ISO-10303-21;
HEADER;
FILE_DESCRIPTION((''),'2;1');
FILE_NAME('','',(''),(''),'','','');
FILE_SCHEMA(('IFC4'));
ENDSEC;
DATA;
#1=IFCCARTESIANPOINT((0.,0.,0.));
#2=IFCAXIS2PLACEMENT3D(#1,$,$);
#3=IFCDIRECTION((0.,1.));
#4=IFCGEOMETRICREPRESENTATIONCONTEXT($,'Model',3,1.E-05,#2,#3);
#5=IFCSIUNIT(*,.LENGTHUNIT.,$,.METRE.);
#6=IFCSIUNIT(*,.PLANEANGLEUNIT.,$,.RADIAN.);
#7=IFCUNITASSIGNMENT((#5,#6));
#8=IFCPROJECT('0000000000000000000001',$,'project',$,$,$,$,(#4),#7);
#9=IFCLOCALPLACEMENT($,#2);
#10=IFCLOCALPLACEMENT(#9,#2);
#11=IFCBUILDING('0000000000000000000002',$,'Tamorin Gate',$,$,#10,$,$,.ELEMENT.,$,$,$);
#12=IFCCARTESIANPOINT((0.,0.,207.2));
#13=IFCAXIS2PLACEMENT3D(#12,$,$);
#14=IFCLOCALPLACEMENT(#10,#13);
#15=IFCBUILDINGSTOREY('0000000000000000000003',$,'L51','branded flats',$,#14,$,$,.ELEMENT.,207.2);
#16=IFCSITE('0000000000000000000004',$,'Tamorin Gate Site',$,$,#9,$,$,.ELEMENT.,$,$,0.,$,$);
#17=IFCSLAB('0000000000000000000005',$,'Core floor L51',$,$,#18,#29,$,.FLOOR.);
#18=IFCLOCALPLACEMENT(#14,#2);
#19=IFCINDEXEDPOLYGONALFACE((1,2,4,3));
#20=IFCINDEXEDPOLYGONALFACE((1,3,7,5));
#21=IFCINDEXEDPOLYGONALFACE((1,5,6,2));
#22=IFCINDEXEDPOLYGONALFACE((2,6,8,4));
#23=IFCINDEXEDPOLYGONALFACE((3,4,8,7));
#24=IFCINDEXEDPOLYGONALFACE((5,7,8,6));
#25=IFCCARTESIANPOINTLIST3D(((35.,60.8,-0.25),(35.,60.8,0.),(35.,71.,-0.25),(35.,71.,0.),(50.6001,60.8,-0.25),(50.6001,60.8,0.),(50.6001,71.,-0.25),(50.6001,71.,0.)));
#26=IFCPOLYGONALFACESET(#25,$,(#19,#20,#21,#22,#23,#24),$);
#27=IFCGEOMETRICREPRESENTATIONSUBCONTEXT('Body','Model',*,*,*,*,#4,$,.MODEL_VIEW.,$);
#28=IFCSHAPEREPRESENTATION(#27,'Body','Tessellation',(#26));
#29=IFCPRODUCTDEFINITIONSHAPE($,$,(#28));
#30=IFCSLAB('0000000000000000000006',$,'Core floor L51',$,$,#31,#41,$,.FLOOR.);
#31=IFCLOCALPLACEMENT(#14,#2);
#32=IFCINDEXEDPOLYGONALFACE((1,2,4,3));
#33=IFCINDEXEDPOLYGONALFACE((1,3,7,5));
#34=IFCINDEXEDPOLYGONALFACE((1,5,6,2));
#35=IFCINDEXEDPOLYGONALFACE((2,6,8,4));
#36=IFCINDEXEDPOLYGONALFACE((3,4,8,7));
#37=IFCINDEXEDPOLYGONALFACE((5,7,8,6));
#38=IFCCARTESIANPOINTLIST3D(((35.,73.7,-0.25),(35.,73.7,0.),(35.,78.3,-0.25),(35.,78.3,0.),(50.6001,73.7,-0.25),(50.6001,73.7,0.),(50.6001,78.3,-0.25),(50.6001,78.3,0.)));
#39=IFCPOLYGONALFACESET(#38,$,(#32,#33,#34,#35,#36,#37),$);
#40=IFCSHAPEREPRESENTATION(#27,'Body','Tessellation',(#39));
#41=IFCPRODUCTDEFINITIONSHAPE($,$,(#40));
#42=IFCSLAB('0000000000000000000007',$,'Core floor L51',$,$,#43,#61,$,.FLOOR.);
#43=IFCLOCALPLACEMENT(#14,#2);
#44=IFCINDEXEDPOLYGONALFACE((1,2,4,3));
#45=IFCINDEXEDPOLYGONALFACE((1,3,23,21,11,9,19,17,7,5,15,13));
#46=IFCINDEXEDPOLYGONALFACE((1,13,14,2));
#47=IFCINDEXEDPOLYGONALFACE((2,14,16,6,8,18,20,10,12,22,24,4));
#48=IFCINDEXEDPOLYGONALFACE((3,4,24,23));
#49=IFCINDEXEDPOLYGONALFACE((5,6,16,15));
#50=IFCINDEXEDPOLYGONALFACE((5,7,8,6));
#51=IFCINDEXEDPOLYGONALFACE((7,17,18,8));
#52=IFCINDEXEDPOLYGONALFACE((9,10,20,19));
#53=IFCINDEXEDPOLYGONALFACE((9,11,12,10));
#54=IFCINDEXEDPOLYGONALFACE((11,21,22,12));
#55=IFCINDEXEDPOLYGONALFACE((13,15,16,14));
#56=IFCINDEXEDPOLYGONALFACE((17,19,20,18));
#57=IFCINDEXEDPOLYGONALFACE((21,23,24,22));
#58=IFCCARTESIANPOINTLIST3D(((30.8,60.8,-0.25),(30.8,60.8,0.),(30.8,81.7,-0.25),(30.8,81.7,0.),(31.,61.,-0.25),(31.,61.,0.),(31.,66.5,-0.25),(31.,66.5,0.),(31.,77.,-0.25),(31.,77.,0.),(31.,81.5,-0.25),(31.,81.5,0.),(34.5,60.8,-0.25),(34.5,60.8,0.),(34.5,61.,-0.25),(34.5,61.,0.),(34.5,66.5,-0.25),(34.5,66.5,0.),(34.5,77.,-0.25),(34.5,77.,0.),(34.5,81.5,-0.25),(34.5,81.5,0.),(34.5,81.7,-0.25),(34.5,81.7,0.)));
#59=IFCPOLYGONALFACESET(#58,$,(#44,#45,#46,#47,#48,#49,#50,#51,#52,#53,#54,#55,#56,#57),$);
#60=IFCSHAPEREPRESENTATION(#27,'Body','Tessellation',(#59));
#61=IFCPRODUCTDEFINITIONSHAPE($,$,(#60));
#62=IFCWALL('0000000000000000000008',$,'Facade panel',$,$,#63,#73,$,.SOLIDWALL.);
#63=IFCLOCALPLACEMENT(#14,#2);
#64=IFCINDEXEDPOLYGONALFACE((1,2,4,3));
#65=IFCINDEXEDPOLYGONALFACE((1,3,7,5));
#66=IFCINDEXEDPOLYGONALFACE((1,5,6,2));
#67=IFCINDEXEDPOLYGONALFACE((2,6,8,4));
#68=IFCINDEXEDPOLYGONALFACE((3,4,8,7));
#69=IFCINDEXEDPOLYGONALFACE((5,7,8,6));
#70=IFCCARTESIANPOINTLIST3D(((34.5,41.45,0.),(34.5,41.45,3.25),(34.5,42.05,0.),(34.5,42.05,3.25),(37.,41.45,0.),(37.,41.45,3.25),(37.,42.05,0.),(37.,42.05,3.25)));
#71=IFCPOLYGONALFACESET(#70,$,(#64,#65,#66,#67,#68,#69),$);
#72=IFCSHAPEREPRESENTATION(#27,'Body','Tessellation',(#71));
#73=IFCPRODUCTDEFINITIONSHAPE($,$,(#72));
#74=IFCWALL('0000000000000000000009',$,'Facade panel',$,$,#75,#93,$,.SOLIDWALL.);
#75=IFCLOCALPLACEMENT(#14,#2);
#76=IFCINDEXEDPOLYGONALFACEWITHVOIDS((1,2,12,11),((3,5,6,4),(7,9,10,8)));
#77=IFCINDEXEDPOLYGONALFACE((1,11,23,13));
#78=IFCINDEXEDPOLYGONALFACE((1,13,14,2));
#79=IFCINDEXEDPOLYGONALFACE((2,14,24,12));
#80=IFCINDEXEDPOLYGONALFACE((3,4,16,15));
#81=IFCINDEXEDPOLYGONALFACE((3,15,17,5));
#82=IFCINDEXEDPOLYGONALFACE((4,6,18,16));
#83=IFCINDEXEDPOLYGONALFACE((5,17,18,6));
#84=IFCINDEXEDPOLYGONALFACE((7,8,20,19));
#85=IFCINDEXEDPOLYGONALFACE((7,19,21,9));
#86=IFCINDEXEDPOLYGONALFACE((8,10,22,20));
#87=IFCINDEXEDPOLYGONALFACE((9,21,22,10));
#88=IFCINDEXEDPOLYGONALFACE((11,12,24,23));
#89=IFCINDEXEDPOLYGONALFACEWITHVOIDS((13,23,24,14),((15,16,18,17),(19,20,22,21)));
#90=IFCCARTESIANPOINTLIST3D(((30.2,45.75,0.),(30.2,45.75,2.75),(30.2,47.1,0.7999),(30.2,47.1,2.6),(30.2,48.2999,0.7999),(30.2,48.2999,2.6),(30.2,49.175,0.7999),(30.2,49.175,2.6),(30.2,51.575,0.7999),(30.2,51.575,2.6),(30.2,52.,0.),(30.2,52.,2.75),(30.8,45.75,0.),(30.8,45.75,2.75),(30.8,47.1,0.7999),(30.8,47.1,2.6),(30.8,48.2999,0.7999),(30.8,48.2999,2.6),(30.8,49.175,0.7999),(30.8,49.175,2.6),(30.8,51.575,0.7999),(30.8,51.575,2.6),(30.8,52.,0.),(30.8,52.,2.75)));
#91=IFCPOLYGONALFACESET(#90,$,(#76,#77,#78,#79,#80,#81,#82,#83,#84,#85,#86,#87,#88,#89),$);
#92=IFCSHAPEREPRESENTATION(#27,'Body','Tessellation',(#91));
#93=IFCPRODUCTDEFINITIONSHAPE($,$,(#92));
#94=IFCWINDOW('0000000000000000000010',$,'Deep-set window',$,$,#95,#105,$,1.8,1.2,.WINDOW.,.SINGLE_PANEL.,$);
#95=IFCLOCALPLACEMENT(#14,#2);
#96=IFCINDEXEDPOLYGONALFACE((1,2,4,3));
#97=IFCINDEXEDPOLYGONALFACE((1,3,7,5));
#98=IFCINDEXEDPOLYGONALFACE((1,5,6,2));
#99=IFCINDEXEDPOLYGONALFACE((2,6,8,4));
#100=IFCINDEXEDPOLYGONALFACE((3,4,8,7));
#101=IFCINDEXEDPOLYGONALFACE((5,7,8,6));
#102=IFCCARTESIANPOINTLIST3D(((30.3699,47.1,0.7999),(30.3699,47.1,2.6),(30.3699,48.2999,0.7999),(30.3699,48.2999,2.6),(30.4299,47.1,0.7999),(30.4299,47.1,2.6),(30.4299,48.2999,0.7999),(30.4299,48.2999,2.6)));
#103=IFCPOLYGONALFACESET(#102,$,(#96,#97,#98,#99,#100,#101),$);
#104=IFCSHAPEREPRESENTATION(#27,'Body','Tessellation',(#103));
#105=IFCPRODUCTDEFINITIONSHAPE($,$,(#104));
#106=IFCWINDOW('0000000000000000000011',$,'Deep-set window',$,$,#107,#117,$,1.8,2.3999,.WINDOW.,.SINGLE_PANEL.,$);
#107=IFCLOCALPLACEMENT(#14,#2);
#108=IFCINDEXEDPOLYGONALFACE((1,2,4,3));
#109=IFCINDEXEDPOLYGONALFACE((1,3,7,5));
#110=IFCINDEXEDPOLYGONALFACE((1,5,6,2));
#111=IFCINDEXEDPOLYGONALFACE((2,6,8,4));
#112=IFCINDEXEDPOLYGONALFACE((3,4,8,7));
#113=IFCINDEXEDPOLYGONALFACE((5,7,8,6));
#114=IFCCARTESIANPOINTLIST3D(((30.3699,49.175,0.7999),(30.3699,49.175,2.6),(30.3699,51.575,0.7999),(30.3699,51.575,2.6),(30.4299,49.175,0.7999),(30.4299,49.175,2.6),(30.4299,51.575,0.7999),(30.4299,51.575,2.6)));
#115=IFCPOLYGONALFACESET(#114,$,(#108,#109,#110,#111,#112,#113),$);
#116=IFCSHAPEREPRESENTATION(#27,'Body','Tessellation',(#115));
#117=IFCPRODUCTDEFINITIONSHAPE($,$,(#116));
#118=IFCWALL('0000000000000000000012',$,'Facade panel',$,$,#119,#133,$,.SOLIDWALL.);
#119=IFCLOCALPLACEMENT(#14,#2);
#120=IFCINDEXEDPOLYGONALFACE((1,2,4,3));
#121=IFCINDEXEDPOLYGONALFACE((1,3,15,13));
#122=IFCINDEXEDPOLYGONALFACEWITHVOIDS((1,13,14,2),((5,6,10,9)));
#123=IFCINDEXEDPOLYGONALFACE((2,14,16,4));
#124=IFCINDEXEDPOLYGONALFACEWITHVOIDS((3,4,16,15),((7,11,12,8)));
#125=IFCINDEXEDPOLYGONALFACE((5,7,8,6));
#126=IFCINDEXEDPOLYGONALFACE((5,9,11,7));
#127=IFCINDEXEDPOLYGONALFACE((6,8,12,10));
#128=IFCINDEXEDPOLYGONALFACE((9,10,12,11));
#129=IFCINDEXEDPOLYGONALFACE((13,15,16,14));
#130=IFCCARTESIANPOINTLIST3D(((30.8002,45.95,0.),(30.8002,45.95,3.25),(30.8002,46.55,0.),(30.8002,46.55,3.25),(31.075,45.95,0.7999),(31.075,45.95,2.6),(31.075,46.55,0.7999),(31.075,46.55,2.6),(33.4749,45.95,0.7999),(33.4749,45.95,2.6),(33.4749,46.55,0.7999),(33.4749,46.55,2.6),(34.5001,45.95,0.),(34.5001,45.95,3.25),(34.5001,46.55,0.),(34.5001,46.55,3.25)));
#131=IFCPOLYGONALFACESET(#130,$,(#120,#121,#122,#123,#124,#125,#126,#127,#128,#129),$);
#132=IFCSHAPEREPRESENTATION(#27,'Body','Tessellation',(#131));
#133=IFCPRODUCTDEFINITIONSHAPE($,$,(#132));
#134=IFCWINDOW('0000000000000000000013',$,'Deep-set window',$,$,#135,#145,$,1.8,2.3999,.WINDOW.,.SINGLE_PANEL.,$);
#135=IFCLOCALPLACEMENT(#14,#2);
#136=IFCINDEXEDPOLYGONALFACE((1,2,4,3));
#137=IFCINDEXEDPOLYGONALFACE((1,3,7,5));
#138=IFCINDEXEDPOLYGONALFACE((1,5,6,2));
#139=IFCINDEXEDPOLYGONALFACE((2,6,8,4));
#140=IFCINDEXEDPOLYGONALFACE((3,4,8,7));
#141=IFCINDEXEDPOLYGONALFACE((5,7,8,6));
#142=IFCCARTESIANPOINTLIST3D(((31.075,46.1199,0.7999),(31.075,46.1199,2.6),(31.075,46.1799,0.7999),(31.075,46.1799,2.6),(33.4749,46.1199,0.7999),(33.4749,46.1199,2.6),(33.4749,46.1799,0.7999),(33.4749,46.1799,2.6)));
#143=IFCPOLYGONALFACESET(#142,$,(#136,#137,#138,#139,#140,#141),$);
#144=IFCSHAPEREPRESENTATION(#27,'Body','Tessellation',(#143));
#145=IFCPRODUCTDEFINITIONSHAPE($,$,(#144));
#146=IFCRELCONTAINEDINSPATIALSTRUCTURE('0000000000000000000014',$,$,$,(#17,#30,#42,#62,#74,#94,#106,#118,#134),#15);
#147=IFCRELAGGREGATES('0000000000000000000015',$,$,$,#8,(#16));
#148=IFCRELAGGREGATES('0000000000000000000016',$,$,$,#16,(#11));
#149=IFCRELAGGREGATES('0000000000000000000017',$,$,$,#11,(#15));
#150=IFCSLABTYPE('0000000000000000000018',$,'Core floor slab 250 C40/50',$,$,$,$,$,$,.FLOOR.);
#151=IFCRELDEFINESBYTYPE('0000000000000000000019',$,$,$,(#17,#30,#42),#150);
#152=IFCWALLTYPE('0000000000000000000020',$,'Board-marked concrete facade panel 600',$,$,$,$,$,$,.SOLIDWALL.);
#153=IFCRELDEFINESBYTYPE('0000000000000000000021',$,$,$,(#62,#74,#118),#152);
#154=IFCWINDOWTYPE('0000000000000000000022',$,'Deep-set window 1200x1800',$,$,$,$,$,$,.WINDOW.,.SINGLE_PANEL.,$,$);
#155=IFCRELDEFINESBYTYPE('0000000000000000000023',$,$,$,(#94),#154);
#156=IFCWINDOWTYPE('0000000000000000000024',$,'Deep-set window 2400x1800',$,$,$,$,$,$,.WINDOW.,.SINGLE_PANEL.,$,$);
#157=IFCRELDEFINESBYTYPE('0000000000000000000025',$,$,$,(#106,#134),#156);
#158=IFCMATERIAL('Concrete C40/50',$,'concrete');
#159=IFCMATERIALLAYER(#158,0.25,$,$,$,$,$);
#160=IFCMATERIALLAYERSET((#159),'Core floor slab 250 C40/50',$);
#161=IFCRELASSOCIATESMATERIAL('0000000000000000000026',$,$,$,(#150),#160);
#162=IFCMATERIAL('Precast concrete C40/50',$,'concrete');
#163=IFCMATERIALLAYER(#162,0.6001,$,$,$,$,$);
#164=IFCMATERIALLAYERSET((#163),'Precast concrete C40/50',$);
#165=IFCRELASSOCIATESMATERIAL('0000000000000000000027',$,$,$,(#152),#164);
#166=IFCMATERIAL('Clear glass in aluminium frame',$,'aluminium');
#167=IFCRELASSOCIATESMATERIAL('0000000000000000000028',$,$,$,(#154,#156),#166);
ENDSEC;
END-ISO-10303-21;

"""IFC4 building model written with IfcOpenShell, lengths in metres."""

from ifc_helpers import new_model, si_unit, direction, frame, frame_2d, origin, place, context, subcontext, project, spatial, polyline, rectangle, outline, extrude, material, layer, layer_set, type_object, element, fill, save


model = new_model("IFC4")

# Units and contexts
model_context = context("Model", 3, precision=1e-05, world=origin(), true_north=direction((0.0, 1.0)))
body_context = subcontext(model_context, "Body", "Model", "MODEL_VIEW")
ifc_project = project(units=[si_unit("LENGTHUNIT", "METRE"), si_unit("PLANEANGLEUNIT", "RADIAN")], contexts=[model_context])

# Site, building, storey
site_placement = place(None, origin())
site = spatial("IfcSite", under=ifc_project, at=site_placement, Name="Tamorin Gate Site", CompositionType="ELEMENT", RefElevation=0.0)
building_placement = place(site_placement, origin())
building = spatial("IfcBuilding", under=site, at=building_placement, Name="Tamorin Gate", CompositionType="ELEMENT")
storey_placement = place(building_placement, frame((0.0, 0.0, 207.2)))
storey = spatial("IfcBuildingStorey", under=building, at=storey_placement, Name="L51", Description="branded flats", CompositionType="ELEMENT", Elevation=207.2)

# Slabs
ifc_material_1 = material(Name="Concrete C40/50", Category="concrete")
ifc_layer_1 = layer(ifc_material_1, 0.25)
ifc_layer_set_1 = layer_set([ifc_layer_1], Name="Core floor slab 250 C40/50")
slab_type = type_object("IfcSlabType", Name="Core floor slab 250 C40/50", PredefinedType="FLOOR", material=ifc_layer_set_1)
slab_1_placement = place(storey_placement, frame((0.0, 0.0, -0.25)))
element("IfcSlab", 1, at=slab_1_placement, inside=storey, type_object=slab_type, Name="Core floor L51", PredefinedType="FLOOR", context=body_context, shape_type="SweptSolid", body=[
    extrude(outline(polyline([(50.6001, 71.0), (50.6001, 60.8), (35.0, 60.8), (35.0, 71.0), (50.6001, 71.0)])), origin(), (0.0, 0.0, 1.0), 0.25),
])
slab_2_placement = place(storey_placement, frame((0.0, 0.0, -0.25)))
element("IfcSlab", 2, at=slab_2_placement, inside=storey, type_object=slab_type, Name="Core floor L51", PredefinedType="FLOOR", context=body_context, shape_type="SweptSolid", body=[
    extrude(outline(polyline([(50.6001, 73.7), (35.0, 73.7), (35.0, 78.3), (50.6001, 78.3), (50.6001, 73.7)])), origin(), (0.0, 0.0, 1.0), 0.25),
])
slab_3_placement = place(storey_placement, frame((0.0, 0.0, -0.25)))
element("IfcSlab", 3, at=slab_3_placement, inside=storey, type_object=slab_type, Name="Core floor L51", PredefinedType="FLOOR", context=body_context, shape_type="SweptSolid", body=[
    extrude(outline(polyline([(34.5, 60.8), (30.8, 60.8), (30.8, 81.7), (34.5, 81.7), (34.5, 81.5), (31.0, 81.5), (31.0, 77.0), (34.5, 77.0), (34.5, 66.5), (31.0, 66.5), (31.0, 61.0), (34.5, 61.0), (34.5, 60.8)])), origin(), (0.0, 0.0, 1.0), 0.25),
])

# Wall
ifc_material_2 = material(Name="Precast concrete C40/50", Category="concrete")
ifc_layer_2 = layer(ifc_material_2, 0.6001)
ifc_layer_set_2 = layer_set([ifc_layer_2], Name="Precast concrete C40/50")
wall_type_1 = type_object("IfcWallType", Name="Board-marked concrete facade panel 600", PredefinedType="SOLIDWALL", material=ifc_layer_set_2)
wall_1_placement = place(storey_placement, frame((34.5, 41.75, 0.0), z_axis=(0.0, 0.0, 1.0), x_axis=(1.0, 0.0, 0.0)))
element("IfcWall", 4, at=wall_1_placement, inside=storey, type_object=wall_type_1, Name="Facade panel", PredefinedType="SOLIDWALL", context=body_context, shape_type="SweptSolid", body=[
    extrude(rectangle(XDim=2.5, YDim=0.6001, at=frame_2d((1.25, 0.0))), origin(), (0.0, 0.0, 1.0), 3.25),
])

# Wall, openings, windows
wall_2_placement = place(storey_placement, frame((30.5, 52.0, 0.0), z_axis=(0.0, 0.0, 1.0), x_axis=(0.0, -1.0, 0.0)))
wall_2 = element("IfcWall", 5, at=wall_2_placement, inside=storey, type_object=wall_type_1, Name="Facade panel", PredefinedType="SOLIDWALL", context=body_context, shape_type="SweptSolid", body=[
    extrude(rectangle(XDim=6.25, YDim=0.6001, at=frame_2d((3.125, 0.0))), origin(), (0.0, 0.0, 1.0), 2.75),
])
opening_1_placement = place(wall_2_placement, frame((3.7, 0.0, 0.8)))
opening_1 = element("IfcOpeningElement", 6, at=opening_1_placement, cuts=wall_2, PredefinedType="OPENING", context=body_context, shape_type="SweptSolid", body=[
    extrude(rectangle(XDim=1.2, YDim=1.8, at=frame_2d((0.6001, 0.8999))), frame((0.0, 0.3101, 0.0), z_axis=(0.0, -1.0, 0.0), x_axis=(1.0, 0.0, 0.0)), (0.0, 0.0, 1.0), 0.6201),
])
opening_2_placement = place(wall_2_placement, frame((0.425, 0.0, 0.8)))
opening_2 = element("IfcOpeningElement", 7, at=opening_2_placement, cuts=wall_2, PredefinedType="OPENING", context=body_context, shape_type="SweptSolid", body=[
    extrude(rectangle(XDim=2.3999, YDim=1.8, at=frame_2d((1.2, 0.8999))), frame((0.0, 0.3101, 0.0), z_axis=(0.0, -1.0, 0.0), x_axis=(1.0, 0.0, 0.0)), (0.0, 0.0, 1.0), 0.6201),
])
ifc_material_3 = material(Name="Clear glass in aluminium frame", Category="aluminium")
window_type_1 = type_object("IfcWindowType", Name="Deep-set window 1200x1800", PartitioningType="SINGLE_PANEL", PredefinedType="WINDOW", material=ifc_material_3)
window_1_placement = place(opening_1_placement, origin())
window_1 = element("IfcWindow", 8, at=window_1_placement, inside=storey, type_object=window_type_1, Name="Deep-set window", OverallHeight=1.8, OverallWidth=1.2, PartitioningType="SINGLE_PANEL", PredefinedType="WINDOW", context=body_context, shape_type="SweptSolid", body=[
    extrude(rectangle(XDim=1.2, YDim=1.8, at=frame_2d((0.6001, 0.8999))), frame((0.0, -0.0701, 0.0), z_axis=(0.0, -1.0, 0.0), x_axis=(1.0, 0.0, 0.0)), (0.0, 0.0, 1.0), 0.0601),
])
fill(opening_1, window_1)
window_type_2 = type_object("IfcWindowType", Name="Deep-set window 2400x1800", PartitioningType="SINGLE_PANEL", PredefinedType="WINDOW", material=ifc_material_3)
window_2_placement = place(opening_2_placement, origin())
window_2 = element("IfcWindow", 9, at=window_2_placement, inside=storey, type_object=window_type_2, Name="Deep-set window", OverallHeight=1.8, OverallWidth=2.3999, PartitioningType="SINGLE_PANEL", PredefinedType="WINDOW", context=body_context, shape_type="SweptSolid", body=[
    extrude(rectangle(XDim=2.3999, YDim=1.8, at=frame_2d((1.2, 0.8999))), frame((0.0, -0.0701, 0.0), z_axis=(0.0, -1.0, 0.0), x_axis=(1.0, 0.0, 0.0)), (0.0, 0.0, 1.0), 0.0601),
])
fill(opening_2, window_2)

# Wall, opening, window
wall_3_placement = place(storey_placement, frame((30.8, 46.25, 0.0), z_axis=(0.0, 0.0, 1.0), x_axis=(1.0, 0.0, 0.0)))
wall_3 = element("IfcWall", 10, at=wall_3_placement, inside=storey, type_object=wall_type_1, Name="Facade panel", PredefinedType="SOLIDWALL", context=body_context, shape_type="SweptSolid", body=[
    extrude(rectangle(XDim=3.7, YDim=0.6001, at=frame_2d((1.8501, 0.0))), origin(), (0.0, 0.0, 1.0), 3.25),
])
opening_3_placement = place(wall_3_placement, frame((0.2749, 0.0, 0.8)))
opening_3 = element("IfcOpeningElement", 11, at=opening_3_placement, cuts=wall_3, PredefinedType="OPENING", context=body_context, shape_type="SweptSolid", body=[
    extrude(rectangle(XDim=2.3999, YDim=1.8, at=frame_2d((1.2, 0.8999))), frame((0.0, 0.3101, 0.0), z_axis=(0.0, -1.0, 0.0), x_axis=(1.0, 0.0, 0.0)), (0.0, 0.0, 1.0), 0.6201),
])
window_3_placement = place(opening_3_placement, origin())
window_3 = element("IfcWindow", 12, at=window_3_placement, inside=storey, type_object=window_type_2, Name="Deep-set window", OverallHeight=1.8, OverallWidth=2.3999, PartitioningType="SINGLE_PANEL", PredefinedType="WINDOW", context=body_context, shape_type="SweptSolid", body=[
    extrude(rectangle(XDim=2.3999, YDim=1.8, at=frame_2d((1.2, 0.8999))), frame((0.0, -0.0701, 0.0), z_axis=(0.0, -1.0, 0.0), x_axis=(1.0, 0.0, 0.0)), (0.0, 0.0, 1.0), 0.0601),
])
fill(opening_3, window_3)

save(model, "model.ifc")
